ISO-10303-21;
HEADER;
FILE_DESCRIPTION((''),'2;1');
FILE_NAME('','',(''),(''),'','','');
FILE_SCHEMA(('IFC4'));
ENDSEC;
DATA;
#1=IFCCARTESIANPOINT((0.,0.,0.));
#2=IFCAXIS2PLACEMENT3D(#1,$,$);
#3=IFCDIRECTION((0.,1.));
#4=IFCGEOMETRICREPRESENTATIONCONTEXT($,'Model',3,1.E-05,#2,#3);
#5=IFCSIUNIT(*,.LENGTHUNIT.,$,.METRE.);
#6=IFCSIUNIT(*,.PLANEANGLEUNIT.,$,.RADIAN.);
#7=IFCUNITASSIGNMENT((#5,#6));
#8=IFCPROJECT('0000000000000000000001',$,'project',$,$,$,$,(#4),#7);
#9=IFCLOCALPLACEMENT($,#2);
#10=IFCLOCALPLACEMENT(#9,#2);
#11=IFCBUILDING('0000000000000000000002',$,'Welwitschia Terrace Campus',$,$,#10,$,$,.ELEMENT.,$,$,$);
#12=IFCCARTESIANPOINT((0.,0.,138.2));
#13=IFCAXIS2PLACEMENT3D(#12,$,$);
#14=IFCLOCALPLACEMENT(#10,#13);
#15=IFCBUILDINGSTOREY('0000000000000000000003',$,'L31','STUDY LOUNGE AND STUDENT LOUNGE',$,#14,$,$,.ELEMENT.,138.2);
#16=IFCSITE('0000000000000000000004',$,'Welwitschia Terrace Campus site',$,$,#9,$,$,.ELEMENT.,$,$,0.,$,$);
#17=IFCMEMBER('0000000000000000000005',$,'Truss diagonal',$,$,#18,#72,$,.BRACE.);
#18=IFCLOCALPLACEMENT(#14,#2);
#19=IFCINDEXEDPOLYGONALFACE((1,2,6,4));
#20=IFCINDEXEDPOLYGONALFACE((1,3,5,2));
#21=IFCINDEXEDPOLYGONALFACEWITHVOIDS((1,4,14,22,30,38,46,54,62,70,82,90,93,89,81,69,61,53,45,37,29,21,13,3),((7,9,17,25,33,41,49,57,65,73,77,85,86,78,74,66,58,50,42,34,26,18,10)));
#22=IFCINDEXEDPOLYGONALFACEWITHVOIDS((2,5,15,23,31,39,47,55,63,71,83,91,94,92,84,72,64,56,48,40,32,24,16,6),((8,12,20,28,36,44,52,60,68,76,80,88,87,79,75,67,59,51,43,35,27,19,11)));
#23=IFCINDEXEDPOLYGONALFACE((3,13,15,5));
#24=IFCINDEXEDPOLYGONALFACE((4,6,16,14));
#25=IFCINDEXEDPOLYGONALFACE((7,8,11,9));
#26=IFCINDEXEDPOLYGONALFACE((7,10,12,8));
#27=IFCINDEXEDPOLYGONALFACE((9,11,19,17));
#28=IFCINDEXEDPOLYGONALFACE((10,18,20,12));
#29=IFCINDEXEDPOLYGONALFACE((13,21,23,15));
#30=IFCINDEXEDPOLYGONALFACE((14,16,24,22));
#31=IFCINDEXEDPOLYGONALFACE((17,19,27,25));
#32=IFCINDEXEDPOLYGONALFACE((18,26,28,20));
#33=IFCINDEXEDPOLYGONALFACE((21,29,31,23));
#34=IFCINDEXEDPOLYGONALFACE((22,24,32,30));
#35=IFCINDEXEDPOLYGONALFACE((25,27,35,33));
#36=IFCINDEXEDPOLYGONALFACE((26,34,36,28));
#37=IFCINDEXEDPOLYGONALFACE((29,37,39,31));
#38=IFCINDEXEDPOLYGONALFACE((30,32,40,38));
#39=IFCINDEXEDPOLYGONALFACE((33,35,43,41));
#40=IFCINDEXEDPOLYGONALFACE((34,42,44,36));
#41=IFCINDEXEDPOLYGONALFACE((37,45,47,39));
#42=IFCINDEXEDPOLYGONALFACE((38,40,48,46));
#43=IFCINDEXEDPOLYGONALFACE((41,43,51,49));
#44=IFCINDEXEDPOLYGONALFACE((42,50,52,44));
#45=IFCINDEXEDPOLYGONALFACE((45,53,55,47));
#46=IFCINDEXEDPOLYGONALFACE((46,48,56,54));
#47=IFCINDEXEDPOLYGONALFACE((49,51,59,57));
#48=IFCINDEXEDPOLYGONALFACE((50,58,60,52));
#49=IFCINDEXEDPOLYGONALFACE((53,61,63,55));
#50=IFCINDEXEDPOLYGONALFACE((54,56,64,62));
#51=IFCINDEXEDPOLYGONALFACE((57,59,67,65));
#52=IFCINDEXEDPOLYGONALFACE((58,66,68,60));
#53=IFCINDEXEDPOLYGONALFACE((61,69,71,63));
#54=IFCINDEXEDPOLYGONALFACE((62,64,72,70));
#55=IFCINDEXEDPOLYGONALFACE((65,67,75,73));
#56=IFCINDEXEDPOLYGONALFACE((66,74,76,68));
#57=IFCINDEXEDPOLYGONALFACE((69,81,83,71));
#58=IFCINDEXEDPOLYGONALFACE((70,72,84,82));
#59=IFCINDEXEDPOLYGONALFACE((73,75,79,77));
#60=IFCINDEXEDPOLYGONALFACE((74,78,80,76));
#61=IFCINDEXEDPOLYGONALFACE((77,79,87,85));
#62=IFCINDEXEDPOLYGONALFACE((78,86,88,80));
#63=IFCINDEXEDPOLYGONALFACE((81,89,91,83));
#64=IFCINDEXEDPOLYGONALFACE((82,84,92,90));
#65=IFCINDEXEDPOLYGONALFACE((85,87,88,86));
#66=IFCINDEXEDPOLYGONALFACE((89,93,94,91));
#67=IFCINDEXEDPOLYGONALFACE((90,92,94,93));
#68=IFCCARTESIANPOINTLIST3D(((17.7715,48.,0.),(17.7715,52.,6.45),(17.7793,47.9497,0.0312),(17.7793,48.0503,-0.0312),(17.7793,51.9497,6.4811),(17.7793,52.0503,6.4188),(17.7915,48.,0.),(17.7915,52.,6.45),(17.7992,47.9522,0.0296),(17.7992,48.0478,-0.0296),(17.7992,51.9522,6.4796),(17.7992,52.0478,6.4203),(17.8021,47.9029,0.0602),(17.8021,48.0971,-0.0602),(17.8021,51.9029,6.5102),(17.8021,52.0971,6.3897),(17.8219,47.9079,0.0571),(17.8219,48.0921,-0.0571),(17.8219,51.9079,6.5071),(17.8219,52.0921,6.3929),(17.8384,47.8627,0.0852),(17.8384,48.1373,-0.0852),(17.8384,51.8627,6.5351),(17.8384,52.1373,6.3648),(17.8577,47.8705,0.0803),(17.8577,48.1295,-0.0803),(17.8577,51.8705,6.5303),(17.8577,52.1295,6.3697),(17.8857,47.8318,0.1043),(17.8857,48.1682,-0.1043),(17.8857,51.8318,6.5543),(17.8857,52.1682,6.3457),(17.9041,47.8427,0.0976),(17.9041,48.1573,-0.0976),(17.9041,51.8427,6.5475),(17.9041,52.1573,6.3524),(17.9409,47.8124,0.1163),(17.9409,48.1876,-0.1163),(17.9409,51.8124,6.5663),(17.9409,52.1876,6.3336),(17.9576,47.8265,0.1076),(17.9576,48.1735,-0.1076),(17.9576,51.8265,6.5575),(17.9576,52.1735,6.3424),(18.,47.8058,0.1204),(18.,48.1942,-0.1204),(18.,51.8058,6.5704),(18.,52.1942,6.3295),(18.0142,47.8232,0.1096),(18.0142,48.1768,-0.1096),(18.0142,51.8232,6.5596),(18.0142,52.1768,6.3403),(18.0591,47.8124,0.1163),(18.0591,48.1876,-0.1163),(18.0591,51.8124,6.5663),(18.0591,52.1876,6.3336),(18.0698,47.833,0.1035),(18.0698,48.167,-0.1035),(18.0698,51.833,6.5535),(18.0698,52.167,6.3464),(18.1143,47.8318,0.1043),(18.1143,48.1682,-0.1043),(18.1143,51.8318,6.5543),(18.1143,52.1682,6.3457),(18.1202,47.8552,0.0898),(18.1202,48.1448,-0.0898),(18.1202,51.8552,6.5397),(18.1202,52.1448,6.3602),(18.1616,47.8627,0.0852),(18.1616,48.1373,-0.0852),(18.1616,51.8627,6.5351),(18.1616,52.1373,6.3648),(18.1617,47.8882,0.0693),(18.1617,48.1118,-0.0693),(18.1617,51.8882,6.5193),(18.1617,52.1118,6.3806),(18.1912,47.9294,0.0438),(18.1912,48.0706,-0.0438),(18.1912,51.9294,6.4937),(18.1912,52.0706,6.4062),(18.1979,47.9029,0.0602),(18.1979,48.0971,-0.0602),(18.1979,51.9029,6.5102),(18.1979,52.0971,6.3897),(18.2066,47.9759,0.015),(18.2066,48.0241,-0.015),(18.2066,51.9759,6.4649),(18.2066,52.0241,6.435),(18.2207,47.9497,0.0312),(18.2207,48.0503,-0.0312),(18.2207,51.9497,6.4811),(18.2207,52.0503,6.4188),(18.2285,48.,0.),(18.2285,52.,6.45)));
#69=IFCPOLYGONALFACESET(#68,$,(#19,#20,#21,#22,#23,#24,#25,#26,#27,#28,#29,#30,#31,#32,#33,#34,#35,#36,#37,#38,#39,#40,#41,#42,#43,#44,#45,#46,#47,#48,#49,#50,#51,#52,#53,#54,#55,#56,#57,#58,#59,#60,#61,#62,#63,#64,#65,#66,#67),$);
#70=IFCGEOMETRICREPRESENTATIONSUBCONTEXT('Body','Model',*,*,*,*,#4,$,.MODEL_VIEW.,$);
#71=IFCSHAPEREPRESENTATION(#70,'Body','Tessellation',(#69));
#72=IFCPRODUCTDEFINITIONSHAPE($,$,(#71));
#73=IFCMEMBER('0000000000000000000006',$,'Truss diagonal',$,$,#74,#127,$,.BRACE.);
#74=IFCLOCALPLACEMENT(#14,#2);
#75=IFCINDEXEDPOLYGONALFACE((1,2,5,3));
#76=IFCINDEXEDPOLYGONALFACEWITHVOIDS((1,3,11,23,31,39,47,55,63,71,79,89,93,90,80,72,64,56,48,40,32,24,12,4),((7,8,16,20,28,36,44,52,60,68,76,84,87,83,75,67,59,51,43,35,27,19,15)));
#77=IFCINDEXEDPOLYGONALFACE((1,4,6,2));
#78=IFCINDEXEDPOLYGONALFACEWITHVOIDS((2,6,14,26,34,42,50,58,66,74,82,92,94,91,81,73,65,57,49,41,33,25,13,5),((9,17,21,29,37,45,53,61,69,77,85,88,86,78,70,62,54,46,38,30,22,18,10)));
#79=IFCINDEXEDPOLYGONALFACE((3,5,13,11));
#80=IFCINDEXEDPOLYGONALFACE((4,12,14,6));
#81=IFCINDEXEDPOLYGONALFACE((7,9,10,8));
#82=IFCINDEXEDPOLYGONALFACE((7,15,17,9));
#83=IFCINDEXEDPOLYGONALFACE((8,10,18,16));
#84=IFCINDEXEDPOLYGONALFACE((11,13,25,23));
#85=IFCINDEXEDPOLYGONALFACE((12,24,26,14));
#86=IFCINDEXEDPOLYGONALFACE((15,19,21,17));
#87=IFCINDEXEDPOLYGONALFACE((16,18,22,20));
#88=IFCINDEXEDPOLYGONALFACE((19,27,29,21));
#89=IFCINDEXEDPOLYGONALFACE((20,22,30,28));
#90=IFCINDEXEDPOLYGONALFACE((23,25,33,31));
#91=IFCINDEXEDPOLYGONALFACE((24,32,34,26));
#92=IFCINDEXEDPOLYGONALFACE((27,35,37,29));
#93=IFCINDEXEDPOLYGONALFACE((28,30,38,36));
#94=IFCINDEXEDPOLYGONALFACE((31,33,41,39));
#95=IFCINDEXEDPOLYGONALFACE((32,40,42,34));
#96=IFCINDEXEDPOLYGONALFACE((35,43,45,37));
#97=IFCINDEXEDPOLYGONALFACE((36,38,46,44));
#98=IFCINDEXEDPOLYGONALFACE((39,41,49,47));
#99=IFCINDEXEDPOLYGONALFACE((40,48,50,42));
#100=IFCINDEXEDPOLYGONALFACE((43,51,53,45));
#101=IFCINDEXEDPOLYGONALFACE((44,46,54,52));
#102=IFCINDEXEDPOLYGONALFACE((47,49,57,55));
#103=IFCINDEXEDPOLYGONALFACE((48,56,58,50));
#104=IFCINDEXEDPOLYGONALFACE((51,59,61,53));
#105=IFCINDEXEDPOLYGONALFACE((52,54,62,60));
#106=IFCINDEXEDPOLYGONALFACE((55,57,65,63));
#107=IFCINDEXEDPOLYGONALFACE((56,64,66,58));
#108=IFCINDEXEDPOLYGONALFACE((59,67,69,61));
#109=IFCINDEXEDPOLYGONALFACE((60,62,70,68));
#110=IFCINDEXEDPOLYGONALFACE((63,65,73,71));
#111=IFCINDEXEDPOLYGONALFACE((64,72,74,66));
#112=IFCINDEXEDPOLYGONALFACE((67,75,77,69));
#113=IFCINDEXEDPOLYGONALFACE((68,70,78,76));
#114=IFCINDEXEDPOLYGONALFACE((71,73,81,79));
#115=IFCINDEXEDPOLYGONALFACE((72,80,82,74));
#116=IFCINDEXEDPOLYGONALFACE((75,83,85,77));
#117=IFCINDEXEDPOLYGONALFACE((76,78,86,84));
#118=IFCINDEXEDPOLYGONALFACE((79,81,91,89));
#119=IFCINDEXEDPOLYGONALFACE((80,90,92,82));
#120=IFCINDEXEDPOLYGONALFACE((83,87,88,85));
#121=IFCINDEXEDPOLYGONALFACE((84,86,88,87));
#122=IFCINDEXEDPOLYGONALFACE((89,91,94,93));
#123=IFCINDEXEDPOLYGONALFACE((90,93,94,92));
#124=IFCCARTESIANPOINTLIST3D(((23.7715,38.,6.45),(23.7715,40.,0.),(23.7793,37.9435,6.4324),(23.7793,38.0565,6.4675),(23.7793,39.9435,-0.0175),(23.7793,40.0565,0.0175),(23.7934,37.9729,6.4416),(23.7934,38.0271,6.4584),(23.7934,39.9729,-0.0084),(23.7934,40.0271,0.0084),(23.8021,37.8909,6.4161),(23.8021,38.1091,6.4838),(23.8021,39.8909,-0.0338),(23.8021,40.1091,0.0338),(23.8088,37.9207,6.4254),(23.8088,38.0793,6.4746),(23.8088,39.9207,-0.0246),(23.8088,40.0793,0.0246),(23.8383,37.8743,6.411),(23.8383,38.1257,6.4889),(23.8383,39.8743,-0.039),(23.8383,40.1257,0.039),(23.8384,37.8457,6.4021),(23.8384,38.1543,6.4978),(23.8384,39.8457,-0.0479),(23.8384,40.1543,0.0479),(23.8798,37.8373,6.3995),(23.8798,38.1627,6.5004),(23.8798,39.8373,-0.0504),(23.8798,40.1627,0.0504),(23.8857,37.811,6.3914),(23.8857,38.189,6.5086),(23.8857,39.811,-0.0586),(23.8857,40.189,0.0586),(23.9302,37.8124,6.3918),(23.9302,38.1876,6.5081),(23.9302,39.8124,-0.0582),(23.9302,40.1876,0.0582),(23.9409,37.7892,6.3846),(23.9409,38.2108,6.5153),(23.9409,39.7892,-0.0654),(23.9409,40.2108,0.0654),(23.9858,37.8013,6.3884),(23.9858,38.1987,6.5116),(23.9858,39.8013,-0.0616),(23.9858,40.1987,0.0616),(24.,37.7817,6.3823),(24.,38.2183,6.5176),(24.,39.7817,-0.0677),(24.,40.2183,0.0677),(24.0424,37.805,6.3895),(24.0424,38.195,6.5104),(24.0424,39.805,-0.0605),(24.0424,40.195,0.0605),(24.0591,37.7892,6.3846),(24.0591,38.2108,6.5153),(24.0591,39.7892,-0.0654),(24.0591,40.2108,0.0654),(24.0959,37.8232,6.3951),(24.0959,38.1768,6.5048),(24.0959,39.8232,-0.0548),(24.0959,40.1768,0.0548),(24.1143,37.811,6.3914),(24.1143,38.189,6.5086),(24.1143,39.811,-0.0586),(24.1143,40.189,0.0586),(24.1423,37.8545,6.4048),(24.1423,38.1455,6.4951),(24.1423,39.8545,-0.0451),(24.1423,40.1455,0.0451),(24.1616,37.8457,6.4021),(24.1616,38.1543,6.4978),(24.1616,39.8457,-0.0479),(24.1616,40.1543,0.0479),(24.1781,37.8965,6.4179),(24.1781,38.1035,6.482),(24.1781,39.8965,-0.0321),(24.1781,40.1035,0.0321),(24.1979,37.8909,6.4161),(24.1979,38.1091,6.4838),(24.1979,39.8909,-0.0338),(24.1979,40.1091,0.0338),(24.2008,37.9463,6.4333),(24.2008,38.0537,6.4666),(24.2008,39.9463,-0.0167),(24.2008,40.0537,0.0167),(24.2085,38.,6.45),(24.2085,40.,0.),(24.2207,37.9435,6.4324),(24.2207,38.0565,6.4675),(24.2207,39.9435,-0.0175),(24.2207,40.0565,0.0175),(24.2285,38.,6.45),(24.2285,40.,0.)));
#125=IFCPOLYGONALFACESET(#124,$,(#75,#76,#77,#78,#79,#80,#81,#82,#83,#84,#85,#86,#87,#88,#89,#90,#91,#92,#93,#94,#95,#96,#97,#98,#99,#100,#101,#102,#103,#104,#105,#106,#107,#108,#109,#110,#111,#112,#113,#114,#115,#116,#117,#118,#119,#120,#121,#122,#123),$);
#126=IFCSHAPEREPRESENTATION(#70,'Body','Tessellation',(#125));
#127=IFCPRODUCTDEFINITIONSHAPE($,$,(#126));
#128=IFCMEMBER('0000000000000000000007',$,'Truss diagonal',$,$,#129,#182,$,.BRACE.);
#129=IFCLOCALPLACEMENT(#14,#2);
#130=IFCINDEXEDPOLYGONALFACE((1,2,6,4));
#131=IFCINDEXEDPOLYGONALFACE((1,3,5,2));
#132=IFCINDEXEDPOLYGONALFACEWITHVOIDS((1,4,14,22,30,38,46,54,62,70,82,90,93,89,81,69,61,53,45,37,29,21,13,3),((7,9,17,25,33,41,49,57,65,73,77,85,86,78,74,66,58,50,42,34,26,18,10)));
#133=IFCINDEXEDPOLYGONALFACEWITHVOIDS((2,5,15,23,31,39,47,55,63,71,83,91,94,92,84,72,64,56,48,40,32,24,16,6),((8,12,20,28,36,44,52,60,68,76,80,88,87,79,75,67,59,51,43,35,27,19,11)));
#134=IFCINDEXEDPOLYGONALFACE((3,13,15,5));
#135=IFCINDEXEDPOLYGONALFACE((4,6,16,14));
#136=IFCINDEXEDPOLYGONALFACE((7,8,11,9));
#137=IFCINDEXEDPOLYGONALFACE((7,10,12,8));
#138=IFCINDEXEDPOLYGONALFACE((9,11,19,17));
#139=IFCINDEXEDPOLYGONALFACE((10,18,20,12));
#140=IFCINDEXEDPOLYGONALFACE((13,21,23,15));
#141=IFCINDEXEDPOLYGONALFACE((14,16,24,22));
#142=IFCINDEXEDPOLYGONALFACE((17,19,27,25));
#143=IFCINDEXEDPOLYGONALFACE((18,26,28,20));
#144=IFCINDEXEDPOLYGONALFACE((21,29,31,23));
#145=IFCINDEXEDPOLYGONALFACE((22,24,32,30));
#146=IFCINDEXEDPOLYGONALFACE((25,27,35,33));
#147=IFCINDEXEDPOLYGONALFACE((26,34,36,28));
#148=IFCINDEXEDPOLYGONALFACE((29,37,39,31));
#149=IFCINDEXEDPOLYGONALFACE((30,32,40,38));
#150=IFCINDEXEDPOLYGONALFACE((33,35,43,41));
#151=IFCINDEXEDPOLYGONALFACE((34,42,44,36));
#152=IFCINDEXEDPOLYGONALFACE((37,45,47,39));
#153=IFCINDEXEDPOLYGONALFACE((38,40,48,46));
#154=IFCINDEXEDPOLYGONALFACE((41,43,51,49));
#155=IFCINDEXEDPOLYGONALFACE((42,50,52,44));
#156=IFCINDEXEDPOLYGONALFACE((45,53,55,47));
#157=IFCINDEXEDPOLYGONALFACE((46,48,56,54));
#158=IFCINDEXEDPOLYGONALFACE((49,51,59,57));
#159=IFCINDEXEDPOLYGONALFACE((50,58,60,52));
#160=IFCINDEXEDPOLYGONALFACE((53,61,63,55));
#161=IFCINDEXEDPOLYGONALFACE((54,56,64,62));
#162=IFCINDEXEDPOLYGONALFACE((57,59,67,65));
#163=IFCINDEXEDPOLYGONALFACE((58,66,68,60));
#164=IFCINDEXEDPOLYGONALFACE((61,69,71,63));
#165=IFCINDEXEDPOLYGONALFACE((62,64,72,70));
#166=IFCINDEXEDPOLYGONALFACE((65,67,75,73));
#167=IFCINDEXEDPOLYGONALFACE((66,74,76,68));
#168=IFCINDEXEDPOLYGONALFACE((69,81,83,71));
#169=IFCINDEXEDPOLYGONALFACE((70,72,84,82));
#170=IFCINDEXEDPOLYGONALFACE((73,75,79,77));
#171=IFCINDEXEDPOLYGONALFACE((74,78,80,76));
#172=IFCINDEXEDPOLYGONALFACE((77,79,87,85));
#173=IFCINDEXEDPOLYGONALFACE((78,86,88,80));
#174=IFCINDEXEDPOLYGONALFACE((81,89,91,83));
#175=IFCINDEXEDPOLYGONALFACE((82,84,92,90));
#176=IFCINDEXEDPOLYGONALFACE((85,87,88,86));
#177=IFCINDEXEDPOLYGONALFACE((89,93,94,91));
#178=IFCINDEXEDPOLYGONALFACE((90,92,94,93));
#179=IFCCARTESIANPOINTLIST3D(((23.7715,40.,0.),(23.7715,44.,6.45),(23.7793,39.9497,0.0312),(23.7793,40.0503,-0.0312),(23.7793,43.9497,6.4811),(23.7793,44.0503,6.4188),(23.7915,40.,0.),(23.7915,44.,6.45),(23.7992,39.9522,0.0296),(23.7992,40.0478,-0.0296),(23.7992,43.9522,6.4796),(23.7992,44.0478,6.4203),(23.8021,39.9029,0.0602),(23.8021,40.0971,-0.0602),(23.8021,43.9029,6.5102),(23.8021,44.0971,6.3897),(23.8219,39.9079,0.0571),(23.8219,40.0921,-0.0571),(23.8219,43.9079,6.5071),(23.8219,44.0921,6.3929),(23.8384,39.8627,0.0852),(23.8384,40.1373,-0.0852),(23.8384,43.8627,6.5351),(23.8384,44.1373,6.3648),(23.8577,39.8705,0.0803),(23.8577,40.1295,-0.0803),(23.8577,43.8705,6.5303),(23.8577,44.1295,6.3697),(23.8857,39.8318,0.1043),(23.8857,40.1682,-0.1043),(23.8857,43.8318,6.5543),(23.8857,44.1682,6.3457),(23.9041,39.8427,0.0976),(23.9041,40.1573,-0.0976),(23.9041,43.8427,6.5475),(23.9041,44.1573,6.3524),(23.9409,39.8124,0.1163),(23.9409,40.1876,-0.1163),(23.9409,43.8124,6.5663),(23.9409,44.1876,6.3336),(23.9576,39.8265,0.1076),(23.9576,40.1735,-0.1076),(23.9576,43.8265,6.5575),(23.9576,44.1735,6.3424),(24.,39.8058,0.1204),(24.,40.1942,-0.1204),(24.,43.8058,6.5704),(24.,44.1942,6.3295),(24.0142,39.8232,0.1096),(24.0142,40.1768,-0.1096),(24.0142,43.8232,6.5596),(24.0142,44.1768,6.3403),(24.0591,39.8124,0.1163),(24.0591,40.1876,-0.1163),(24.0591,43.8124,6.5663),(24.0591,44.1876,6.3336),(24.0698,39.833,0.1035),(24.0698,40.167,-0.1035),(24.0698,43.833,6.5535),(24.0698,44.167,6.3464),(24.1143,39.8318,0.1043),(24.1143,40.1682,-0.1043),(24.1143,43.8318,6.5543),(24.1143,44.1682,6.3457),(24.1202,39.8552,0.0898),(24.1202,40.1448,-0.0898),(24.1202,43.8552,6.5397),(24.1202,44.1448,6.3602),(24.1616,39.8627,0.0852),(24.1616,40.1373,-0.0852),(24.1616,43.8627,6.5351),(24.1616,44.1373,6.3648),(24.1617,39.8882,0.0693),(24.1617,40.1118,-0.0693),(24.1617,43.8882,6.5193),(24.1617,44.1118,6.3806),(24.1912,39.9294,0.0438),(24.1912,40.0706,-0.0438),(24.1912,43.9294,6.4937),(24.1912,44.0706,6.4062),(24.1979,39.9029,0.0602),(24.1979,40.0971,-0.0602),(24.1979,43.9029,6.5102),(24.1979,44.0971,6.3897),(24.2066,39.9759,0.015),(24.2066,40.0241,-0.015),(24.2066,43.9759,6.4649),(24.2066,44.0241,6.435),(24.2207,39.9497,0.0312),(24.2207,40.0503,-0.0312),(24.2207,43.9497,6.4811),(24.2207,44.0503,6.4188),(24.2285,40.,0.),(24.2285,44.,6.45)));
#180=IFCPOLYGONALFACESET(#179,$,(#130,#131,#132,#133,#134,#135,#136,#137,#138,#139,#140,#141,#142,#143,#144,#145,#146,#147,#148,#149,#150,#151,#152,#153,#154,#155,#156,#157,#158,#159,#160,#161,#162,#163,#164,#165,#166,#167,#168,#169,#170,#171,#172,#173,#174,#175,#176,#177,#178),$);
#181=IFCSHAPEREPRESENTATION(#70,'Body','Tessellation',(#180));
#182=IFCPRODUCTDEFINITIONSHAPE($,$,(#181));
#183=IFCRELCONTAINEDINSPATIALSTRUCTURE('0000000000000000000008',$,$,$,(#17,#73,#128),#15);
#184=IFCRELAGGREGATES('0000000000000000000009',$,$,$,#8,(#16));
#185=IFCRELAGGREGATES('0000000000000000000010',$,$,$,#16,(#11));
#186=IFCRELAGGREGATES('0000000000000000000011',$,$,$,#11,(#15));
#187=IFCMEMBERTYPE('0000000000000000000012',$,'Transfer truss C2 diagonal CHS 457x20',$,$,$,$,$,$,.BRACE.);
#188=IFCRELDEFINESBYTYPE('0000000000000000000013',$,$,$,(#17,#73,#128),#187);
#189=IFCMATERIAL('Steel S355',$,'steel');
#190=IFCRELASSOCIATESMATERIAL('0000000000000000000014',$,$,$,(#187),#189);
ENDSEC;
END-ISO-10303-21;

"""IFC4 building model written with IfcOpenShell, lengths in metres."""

from ifc_helpers import new_model, si_unit, direction, frame, origin, origin_2d, place, context, subcontext, project, spatial, hollow_circle, extrude, material, material_profile, profile_set, type_object, element, save


model = new_model("IFC4")

# Units and contexts
model_context = context("Model", 3, precision=1e-05, world=origin(), true_north=direction((0.0, 1.0)))
body_context = subcontext(model_context, "Body", "Model", "MODEL_VIEW")
ifc_project = project(units=[si_unit("LENGTHUNIT", "METRE"), si_unit("PLANEANGLEUNIT", "RADIAN")], contexts=[model_context])

# Site, building, storey
site_placement = place(None, origin())
site = spatial("IfcSite", under=ifc_project, at=site_placement, Name="Welwitschia Terrace Campus site", CompositionType="ELEMENT", RefElevation=0.0)
building_placement = place(site_placement, origin())
building = spatial("IfcBuilding", under=site, at=building_placement, Name="Welwitschia Terrace Campus", CompositionType="ELEMENT")
storey_placement = place(building_placement, frame((0.0, 0.0, 138.2)))
storey = spatial("IfcBuildingStorey", under=building, at=storey_placement, Name="L31", Description="STUDY LOUNGE AND STUDENT LOUNGE", CompositionType="ELEMENT", Elevation=138.2)

# Members
ifc_material_1 = material(Name="Steel S355", Category="steel")
ifc_material_profile_1 = material_profile(ifc_material_1, hollow_circle(Radius=0.2285, WallThickness=0.02, at=origin_2d()))
ifc_profile_set_1 = profile_set([ifc_material_profile_1], Name="Steel S355")
member_type_1 = type_object("IfcMemberType", Name="Transfer truss C2 diagonal CHS 457x20", PredefinedType="BRACE", material=ifc_profile_set_1)
for number, where, z_axis, x_axis, name in (
    (1, (18.0, 48.0, 0.0), (0.0, 0.527038, 0.849842), (-1.0, 0.0, 0.0), "Truss diagonal"),
):
    element("IfcMember", number, at=place(storey_placement, frame(where, z_axis=z_axis, x_axis=x_axis)), inside=storey, type_object=member_type_1, Name=name, PredefinedType="BRACE", context=body_context, shape_type="SweptSolid", body=[
        extrude(hollow_circle(Radius=0.2285, WallThickness=0.02, at=origin_2d()), origin(), (0.0, 0.0, 1.0), 7.5896),
    ])
member_1_placement = place(storey_placement, frame((24.0, 40.0, 0.0), z_axis=(0.0, -0.296168, 0.955136), x_axis=(1.0, 0.0, 0.0)))
element("IfcMember", 2, at=member_1_placement, inside=storey, type_object=member_type_1, Name="Truss diagonal", PredefinedType="BRACE", context=body_context, shape_type="SweptSolid", body=[
    extrude(hollow_circle(Radius=0.2285, WallThickness=0.02, at=origin_2d()), origin(), (0.0, 0.0, 1.0), 6.7529),
])
member_2_placement = place(storey_placement, frame((24.0, 40.0, 0.0), z_axis=(0.0, 0.527038, 0.849842), x_axis=(-1.0, 0.0, 0.0)))
element("IfcMember", 3, at=member_2_placement, inside=storey, type_object=member_type_1, Name="Truss diagonal", PredefinedType="BRACE", context=body_context, shape_type="SweptSolid", body=[
    extrude(hollow_circle(Radius=0.2285, WallThickness=0.02, at=origin_2d()), origin(), (0.0, 0.0, 1.0), 7.5896),
])

save(model, "model.ifc")
